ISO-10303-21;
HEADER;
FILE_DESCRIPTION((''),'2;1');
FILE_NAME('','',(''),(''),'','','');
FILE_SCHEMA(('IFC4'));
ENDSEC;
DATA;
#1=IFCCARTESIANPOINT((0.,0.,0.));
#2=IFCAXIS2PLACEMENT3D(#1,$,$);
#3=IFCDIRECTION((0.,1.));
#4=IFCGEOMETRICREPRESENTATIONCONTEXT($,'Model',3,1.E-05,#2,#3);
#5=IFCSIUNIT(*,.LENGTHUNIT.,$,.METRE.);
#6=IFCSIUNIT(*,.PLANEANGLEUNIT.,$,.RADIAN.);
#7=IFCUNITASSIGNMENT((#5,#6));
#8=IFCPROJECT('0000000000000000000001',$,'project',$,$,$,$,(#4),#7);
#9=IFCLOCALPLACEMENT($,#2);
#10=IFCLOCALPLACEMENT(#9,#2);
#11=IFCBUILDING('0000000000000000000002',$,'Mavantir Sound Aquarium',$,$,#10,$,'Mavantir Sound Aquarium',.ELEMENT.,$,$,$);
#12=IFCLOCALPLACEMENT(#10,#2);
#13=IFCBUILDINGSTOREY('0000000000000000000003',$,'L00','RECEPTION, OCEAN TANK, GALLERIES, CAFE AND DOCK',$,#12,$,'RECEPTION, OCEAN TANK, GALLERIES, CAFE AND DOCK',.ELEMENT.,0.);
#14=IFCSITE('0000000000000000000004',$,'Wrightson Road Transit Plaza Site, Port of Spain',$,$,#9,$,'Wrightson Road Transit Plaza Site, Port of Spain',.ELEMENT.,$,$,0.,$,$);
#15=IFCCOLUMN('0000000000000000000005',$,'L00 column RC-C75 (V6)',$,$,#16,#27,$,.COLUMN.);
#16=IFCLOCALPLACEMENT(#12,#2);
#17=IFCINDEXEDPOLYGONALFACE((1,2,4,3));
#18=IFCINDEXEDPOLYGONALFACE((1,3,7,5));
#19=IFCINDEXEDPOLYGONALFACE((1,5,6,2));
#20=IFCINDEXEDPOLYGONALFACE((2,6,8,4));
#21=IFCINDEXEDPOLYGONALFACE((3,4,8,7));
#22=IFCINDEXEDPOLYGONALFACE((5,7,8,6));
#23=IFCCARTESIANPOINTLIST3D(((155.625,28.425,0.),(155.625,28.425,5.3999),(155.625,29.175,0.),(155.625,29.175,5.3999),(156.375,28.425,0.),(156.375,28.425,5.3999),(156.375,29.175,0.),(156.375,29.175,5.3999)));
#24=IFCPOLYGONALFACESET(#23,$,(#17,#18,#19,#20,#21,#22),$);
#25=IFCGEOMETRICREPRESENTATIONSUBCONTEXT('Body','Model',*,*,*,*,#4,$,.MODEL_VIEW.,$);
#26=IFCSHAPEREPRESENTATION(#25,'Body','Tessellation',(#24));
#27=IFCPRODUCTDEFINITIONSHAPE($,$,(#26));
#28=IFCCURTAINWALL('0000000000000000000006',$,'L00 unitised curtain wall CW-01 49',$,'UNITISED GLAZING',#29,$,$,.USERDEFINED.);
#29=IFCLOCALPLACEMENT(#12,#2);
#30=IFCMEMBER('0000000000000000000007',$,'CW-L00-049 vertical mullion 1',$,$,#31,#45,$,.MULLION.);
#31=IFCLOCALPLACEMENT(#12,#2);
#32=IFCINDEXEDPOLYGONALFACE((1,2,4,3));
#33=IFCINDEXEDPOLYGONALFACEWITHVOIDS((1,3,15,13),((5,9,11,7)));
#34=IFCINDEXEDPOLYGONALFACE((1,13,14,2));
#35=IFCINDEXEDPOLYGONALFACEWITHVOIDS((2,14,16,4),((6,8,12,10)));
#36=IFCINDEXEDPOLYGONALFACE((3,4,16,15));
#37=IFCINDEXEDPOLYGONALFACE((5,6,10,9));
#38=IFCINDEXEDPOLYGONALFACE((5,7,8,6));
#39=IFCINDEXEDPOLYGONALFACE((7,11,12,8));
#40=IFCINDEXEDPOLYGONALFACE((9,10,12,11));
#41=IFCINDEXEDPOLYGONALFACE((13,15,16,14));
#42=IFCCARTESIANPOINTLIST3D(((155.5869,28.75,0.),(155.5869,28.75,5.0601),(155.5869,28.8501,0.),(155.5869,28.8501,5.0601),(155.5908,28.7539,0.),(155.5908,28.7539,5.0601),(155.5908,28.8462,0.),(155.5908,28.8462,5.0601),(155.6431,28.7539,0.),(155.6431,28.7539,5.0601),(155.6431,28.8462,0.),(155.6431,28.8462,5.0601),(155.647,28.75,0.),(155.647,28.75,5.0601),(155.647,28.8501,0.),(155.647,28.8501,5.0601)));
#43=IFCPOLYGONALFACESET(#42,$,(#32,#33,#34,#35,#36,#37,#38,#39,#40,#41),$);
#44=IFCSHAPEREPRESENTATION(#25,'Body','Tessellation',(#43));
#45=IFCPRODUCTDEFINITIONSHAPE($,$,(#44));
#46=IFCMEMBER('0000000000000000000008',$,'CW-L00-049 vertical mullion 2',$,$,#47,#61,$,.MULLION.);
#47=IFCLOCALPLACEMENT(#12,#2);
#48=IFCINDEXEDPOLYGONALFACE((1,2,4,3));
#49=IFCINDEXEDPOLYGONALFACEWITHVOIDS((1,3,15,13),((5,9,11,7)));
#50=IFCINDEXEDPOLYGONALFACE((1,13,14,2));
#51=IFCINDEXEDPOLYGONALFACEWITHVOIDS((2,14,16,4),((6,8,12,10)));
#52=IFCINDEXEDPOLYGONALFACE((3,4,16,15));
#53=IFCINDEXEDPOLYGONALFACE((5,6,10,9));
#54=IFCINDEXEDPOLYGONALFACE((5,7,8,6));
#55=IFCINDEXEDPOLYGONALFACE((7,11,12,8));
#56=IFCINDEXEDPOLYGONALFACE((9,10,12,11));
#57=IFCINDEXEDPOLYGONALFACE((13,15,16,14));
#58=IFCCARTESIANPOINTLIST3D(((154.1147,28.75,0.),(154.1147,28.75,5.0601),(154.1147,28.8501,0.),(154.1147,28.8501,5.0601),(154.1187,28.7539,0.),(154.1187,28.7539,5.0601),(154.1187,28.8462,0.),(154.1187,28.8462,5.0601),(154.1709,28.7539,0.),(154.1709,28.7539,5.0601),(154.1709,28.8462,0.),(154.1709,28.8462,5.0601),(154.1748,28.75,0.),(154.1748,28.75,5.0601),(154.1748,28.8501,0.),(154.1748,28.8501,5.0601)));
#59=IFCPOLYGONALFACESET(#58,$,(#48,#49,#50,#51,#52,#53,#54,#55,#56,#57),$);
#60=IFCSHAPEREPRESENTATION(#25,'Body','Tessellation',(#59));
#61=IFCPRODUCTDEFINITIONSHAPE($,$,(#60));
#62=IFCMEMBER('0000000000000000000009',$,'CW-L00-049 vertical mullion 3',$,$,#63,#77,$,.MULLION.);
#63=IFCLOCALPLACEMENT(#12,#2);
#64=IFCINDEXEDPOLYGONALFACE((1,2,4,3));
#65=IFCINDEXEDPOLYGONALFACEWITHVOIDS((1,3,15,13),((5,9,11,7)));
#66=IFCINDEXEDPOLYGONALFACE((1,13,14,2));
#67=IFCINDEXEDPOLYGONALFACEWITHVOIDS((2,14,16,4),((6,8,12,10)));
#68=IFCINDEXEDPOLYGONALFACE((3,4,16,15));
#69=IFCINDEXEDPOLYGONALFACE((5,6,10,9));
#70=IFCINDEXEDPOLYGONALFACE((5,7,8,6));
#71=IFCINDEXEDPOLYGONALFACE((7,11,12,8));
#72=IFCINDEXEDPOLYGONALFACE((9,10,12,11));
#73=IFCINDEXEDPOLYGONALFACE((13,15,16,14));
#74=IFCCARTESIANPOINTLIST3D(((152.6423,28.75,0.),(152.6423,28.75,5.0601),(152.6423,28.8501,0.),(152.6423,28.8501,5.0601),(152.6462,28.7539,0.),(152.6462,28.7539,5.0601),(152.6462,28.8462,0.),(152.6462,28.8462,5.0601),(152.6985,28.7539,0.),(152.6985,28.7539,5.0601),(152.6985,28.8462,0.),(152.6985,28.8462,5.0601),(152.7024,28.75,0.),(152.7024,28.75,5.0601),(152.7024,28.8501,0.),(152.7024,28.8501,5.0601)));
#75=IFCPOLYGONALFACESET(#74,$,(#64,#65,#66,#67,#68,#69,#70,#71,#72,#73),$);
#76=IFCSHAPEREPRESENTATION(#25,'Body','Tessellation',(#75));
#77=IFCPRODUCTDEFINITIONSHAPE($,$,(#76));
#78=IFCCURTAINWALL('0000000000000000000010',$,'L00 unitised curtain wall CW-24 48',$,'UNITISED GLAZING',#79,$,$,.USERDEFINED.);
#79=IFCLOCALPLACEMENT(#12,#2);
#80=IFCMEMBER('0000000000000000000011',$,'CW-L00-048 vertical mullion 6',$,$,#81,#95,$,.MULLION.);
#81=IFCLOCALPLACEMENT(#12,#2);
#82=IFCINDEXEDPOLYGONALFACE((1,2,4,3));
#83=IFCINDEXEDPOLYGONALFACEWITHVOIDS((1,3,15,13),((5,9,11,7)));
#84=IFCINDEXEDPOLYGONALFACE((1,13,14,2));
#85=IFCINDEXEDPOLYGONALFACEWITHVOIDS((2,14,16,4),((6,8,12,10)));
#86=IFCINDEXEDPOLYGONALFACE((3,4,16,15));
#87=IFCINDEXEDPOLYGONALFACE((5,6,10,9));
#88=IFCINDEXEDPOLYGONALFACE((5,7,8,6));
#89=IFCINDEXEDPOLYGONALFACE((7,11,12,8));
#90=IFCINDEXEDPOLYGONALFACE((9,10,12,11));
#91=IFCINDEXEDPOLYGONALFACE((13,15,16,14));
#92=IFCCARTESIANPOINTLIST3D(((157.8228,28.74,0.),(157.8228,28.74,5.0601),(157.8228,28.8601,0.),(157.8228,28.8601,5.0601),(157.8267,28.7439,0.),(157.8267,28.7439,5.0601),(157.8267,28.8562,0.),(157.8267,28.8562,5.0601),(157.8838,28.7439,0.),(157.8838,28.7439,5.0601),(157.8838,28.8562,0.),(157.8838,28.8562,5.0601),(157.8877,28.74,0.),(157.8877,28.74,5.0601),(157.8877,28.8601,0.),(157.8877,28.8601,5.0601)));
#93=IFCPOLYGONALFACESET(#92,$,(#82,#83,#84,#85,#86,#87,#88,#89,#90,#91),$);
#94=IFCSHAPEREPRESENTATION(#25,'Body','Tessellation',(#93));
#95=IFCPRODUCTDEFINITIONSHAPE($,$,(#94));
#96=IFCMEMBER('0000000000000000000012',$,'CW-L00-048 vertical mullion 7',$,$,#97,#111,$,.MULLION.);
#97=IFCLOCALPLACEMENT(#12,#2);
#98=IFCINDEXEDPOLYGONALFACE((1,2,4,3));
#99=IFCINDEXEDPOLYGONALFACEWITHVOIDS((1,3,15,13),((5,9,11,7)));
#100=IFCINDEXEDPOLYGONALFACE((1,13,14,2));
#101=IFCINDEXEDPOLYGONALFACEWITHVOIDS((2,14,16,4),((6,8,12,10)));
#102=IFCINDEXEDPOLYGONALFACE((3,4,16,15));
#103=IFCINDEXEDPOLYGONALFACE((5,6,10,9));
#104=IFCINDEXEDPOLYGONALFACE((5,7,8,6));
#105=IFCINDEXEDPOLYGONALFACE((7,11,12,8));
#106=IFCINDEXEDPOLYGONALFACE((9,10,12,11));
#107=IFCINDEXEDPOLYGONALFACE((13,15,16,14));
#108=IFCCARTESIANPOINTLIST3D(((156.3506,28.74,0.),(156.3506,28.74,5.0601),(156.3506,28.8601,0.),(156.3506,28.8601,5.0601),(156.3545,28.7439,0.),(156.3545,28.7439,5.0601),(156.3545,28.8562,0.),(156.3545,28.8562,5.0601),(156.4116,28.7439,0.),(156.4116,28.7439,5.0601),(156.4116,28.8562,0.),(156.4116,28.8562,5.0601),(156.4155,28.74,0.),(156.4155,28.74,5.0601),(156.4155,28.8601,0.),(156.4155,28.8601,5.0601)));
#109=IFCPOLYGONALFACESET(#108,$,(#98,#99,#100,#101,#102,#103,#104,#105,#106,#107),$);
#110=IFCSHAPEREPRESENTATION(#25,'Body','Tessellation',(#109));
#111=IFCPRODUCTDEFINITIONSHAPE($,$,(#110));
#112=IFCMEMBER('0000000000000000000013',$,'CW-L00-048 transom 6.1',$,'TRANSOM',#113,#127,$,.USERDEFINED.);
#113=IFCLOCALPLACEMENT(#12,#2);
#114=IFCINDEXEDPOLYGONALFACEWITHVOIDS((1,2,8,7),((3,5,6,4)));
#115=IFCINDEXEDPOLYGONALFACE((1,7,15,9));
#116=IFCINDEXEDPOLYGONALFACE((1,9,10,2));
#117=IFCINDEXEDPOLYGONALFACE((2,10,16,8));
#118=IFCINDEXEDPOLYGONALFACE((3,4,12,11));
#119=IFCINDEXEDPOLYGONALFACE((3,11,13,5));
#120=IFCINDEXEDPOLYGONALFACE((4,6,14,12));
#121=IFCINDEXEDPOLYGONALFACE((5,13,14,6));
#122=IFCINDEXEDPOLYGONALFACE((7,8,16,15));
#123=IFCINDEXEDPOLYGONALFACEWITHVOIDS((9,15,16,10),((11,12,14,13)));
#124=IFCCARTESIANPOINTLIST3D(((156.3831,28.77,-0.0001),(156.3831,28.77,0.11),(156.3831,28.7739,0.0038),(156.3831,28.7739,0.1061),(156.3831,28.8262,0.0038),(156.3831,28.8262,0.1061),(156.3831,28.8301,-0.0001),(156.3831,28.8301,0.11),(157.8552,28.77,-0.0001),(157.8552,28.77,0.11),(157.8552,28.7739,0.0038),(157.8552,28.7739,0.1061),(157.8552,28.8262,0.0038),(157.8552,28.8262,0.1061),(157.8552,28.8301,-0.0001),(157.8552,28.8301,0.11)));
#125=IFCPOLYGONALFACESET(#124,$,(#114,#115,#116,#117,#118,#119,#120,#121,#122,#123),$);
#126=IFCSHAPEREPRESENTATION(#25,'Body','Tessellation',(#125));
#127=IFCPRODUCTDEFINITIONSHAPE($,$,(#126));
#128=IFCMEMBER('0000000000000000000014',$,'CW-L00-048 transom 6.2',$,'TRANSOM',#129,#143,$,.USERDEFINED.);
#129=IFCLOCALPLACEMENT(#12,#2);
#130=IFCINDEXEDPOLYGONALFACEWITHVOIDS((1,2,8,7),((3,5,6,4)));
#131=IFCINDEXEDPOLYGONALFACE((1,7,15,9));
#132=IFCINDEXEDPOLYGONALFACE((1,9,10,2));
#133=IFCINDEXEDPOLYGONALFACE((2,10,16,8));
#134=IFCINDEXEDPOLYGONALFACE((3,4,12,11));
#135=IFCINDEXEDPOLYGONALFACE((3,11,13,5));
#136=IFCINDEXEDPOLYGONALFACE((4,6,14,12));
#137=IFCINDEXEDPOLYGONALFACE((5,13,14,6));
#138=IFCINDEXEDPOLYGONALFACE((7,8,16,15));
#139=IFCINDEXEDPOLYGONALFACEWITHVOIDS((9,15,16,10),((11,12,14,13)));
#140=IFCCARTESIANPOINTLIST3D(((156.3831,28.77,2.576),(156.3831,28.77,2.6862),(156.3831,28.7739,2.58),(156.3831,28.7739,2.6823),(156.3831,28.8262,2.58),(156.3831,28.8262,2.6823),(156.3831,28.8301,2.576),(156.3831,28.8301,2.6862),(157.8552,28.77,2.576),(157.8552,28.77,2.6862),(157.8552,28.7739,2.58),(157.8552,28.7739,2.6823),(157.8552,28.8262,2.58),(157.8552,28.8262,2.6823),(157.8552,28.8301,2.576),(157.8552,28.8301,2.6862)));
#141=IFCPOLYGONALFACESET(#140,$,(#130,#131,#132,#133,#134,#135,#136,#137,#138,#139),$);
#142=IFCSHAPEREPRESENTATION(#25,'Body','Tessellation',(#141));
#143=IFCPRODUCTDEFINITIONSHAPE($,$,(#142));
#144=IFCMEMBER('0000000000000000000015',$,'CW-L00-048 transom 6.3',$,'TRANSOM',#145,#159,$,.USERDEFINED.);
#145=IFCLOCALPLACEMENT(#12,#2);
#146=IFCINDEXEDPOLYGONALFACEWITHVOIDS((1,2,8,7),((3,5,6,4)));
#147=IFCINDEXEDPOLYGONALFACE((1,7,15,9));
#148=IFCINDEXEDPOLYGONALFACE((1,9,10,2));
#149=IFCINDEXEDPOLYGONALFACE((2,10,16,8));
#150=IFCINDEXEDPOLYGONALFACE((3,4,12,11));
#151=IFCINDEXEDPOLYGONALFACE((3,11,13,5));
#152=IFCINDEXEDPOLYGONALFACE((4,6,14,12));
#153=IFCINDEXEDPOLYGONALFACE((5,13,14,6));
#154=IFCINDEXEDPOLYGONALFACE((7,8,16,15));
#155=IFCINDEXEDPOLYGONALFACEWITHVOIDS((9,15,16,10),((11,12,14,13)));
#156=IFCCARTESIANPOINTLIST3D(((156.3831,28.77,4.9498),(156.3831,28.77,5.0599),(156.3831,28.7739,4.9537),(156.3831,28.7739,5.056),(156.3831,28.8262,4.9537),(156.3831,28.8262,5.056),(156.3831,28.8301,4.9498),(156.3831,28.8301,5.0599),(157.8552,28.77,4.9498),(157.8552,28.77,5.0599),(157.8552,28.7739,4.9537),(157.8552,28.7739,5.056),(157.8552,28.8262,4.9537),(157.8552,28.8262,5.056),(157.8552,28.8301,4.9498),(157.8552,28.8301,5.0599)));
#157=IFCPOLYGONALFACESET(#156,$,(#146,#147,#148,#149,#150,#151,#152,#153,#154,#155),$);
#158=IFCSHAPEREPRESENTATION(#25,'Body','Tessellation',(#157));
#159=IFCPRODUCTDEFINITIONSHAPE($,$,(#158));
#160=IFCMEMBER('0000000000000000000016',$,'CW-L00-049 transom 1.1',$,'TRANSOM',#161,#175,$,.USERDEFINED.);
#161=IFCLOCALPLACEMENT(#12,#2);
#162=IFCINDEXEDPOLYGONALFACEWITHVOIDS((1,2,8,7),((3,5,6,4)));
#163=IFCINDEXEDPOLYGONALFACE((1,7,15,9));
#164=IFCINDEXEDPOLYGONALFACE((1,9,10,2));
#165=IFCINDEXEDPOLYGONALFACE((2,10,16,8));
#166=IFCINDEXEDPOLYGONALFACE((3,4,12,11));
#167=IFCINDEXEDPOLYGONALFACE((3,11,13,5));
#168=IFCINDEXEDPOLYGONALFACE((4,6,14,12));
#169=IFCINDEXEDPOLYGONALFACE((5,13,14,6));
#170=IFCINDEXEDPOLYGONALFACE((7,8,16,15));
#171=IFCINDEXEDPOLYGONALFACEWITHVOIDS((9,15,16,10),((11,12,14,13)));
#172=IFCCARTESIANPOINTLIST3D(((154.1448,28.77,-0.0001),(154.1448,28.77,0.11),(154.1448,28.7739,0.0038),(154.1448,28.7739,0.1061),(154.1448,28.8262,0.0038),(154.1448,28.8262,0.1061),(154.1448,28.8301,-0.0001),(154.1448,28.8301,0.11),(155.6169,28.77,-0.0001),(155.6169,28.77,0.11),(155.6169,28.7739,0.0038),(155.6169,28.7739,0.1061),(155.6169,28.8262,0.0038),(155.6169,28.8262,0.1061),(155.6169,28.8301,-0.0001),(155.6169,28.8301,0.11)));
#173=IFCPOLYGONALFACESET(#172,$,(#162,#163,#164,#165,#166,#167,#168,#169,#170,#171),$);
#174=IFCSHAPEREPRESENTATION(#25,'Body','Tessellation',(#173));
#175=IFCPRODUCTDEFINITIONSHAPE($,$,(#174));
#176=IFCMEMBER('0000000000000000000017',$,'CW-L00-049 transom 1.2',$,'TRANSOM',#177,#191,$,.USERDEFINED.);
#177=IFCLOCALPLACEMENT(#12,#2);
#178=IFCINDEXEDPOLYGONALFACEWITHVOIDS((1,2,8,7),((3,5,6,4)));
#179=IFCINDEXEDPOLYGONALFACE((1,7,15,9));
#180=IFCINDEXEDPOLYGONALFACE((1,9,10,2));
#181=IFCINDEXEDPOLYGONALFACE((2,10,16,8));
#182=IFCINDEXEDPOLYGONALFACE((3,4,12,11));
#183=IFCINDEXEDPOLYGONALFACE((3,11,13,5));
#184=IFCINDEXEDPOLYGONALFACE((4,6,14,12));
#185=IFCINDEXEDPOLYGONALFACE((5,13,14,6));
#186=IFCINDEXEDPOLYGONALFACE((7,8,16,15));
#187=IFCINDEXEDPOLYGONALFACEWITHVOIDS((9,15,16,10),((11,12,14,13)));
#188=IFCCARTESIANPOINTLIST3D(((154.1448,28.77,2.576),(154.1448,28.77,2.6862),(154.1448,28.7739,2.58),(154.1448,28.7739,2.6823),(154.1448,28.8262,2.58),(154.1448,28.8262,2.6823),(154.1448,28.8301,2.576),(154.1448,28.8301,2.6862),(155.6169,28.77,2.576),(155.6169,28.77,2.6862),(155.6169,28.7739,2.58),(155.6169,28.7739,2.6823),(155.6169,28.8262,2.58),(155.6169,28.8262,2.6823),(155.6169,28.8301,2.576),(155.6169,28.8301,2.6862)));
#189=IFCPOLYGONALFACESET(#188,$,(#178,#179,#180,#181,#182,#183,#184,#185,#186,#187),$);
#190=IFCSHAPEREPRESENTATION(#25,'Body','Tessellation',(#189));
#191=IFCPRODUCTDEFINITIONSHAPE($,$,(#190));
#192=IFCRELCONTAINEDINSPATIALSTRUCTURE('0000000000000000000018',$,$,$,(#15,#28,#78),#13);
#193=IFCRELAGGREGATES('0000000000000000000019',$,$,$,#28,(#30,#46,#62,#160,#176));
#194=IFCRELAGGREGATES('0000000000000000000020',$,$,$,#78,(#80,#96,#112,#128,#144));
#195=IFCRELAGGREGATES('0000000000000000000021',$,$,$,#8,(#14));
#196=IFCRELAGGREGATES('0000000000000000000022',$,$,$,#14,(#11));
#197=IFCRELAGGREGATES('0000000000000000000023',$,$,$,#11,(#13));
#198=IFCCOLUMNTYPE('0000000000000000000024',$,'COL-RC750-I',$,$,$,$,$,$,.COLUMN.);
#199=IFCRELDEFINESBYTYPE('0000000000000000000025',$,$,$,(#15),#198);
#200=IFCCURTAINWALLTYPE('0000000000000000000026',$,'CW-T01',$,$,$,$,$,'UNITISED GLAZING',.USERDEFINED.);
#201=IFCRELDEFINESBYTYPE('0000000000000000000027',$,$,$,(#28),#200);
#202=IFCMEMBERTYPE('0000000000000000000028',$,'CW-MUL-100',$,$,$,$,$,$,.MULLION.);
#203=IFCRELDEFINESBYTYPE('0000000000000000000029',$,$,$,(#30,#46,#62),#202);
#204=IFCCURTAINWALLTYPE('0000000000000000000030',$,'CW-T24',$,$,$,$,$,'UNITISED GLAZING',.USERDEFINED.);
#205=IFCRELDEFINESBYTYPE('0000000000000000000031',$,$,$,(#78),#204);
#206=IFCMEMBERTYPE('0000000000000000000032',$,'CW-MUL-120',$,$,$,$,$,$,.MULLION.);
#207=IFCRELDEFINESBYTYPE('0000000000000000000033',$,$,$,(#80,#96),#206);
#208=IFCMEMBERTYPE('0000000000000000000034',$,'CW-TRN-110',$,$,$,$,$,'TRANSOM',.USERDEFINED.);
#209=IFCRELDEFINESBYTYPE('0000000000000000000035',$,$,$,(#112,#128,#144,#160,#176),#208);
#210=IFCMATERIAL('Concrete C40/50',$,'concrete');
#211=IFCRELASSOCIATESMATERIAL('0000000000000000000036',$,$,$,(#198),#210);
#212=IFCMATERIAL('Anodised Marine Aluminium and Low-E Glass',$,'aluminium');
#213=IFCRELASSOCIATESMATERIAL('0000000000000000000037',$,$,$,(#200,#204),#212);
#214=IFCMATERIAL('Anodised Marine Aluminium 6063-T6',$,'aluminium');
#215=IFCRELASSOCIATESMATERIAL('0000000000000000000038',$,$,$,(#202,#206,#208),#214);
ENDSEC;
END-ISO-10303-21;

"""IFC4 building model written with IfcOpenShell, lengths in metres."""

from ifc_helpers import new_model, si_unit, direction, frame, origin, origin_2d, place, context, subcontext, project, spatial, rectangle, hollow_rectangle, extrude, material, material_profile, profile_set, type_object, element, aggregate, save


model = new_model("IFC4")

# Units and contexts
model_context = context("Model", 3, precision=1e-05, world=origin(), true_north=direction((0.0, 1.0)))
body_context = subcontext(model_context, "Body", "Model", "MODEL_VIEW")
ifc_project = project(units=[si_unit("LENGTHUNIT", "METRE"), si_unit("PLANEANGLEUNIT", "RADIAN")], contexts=[model_context])

# Site, building, storey
site_placement = place(None, origin())
site = spatial("IfcSite", under=ifc_project, at=site_placement, Name="Wrightson Road Transit Plaza Site, Port of Spain", LongName="Wrightson Road Transit Plaza Site, Port of Spain", CompositionType="ELEMENT", RefElevation=0.0)
building_placement = place(site_placement, origin())
building = spatial("IfcBuilding", under=site, at=building_placement, Name="Mavantir Sound Aquarium", LongName="Mavantir Sound Aquarium", CompositionType="ELEMENT")
storey_placement = place(building_placement, origin())
storey = spatial("IfcBuildingStorey", under=building, at=storey_placement, Name="L00", Description="RECEPTION, OCEAN TANK, GALLERIES, CAFE AND DOCK", LongName="RECEPTION, OCEAN TANK, GALLERIES, CAFE AND DOCK", CompositionType="ELEMENT", Elevation=0.0)

# Column
ifc_material_1 = material(Name="Concrete C40/50", Category="concrete")
ifc_material_profile_1 = material_profile(ifc_material_1, rectangle(XDim=0.75, YDim=0.75, at=origin_2d()), Name="RC 750X750")
ifc_profile_set_1 = profile_set([ifc_material_profile_1], Name="Concrete C40/50")
column_type = type_object("IfcColumnType", Name="COL-RC750-I", PredefinedType="COLUMN", material=ifc_profile_set_1)
column_placement = place(storey_placement, frame((156.0, 28.8, 0.0), z_axis=(0.0, 0.0, 1.0), x_axis=(1.0, 0.0, 0.0)))
element("IfcColumn", 1, at=column_placement, inside=storey, type_object=column_type, Name="L00 column RC-C75 (V6)", PredefinedType="COLUMN", context=body_context, shape_type="SweptSolid", body=[
    extrude(rectangle(XDim=0.75, YDim=0.75, at=origin_2d()), origin(), (0.0, 0.0, 1.0), 5.3999),
])

# Curtain walls, members
ifc_material_2 = material(Name="Anodised Marine Aluminium and Low-E Glass", Category="aluminium")
curtain_wall_type_1 = type_object("IfcCurtainWallType", Name="CW-T01", ElementType="UNITISED GLAZING", PredefinedType="USERDEFINED", material=ifc_material_2)
curtain_wall_1_placement = place(storey_placement, origin())
curtain_wall_1 = element("IfcCurtainWall", 2, at=curtain_wall_1_placement, inside=storey, type_object=curtain_wall_type_1, Name="L00 unitised curtain wall CW-01 49", ObjectType="UNITISED GLAZING", PredefinedType="USERDEFINED")
ifc_material_3 = material(Name="Anodised Marine Aluminium 6063-T6", Category="aluminium")
ifc_material_profile_2 = material_profile(ifc_material_3, hollow_rectangle(XDim=0.0601, YDim=0.1001, WallThickness=0.0039, at=origin_2d()), Name="ALU-MULLION-100X60")
ifc_profile_set_2 = profile_set([ifc_material_profile_2], Name="Anodised Marine Aluminium 6063-T6")
member_type_1 = type_object("IfcMemberType", Name="CW-MUL-100", PredefinedType="MULLION", material=ifc_profile_set_2)
member_1_placement = place(storey_placement, frame((155.6169, 28.8, 0.0), z_axis=(0.0, 0.0, 1.0), x_axis=(1.0, 0.0, 0.0)))
member_1 = element("IfcMember", 3, at=member_1_placement, type_object=member_type_1, Name="CW-L00-049 vertical mullion 1", PredefinedType="MULLION", context=body_context, shape_type="SweptSolid", body=[
    extrude(hollow_rectangle(XDim=0.0601, YDim=0.1001, WallThickness=0.0039, at=origin_2d()), origin(), (0.0, 0.0, 1.0), 5.0601),
])
member_2_placement = place(storey_placement, frame((154.1448, 28.8, 0.0), z_axis=(0.0, 0.0, 1.0), x_axis=(1.0, 0.0, 0.0)))
member_2 = element("IfcMember", 4, at=member_2_placement, type_object=member_type_1, Name="CW-L00-049 vertical mullion 2", PredefinedType="MULLION", context=body_context, shape_type="SweptSolid", body=[
    extrude(hollow_rectangle(XDim=0.0601, YDim=0.1001, WallThickness=0.0039, at=origin_2d()), origin(), (0.0, 0.0, 1.0), 5.0601),
])
member_3_placement = place(storey_placement, frame((152.6724, 28.8, 0.0), z_axis=(0.0, 0.0, 1.0), x_axis=(1.0, 0.0, 0.0)))
member_3 = element("IfcMember", 5, at=member_3_placement, type_object=member_type_1, Name="CW-L00-049 vertical mullion 3", PredefinedType="MULLION", context=body_context, shape_type="SweptSolid", body=[
    extrude(hollow_rectangle(XDim=0.0601, YDim=0.1001, WallThickness=0.0039, at=origin_2d()), origin(), (0.0, 0.0, 1.0), 5.0601),
])
curtain_wall_type_2 = type_object("IfcCurtainWallType", Name="CW-T24", ElementType="UNITISED GLAZING", PredefinedType="USERDEFINED", material=ifc_material_2)
curtain_wall_2_placement = place(storey_placement, origin())
curtain_wall_2 = element("IfcCurtainWall", 6, at=curtain_wall_2_placement, inside=storey, type_object=curtain_wall_type_2, Name="L00 unitised curtain wall CW-24 48", ObjectType="UNITISED GLAZING", PredefinedType="USERDEFINED")
ifc_material_profile_3 = material_profile(ifc_material_3, hollow_rectangle(XDim=0.0649, YDim=0.1201, WallThickness=0.0039, at=origin_2d()), Name="ALU-MULLION-120X65")
ifc_profile_set_3 = profile_set([ifc_material_profile_3], Name="Anodised Marine Aluminium 6063-T6")
member_type_2 = type_object("IfcMemberType", Name="CW-MUL-120", PredefinedType="MULLION", material=ifc_profile_set_3)
member_4_placement = place(storey_placement, frame((157.8552, 28.8, 0.0), z_axis=(0.0, 0.0, 1.0), x_axis=(1.0, 0.0, 0.0)))
member_4 = element("IfcMember", 7, at=member_4_placement, type_object=member_type_2, Name="CW-L00-048 vertical mullion 6", PredefinedType="MULLION", context=body_context, shape_type="SweptSolid", body=[
    extrude(hollow_rectangle(XDim=0.0649, YDim=0.1201, WallThickness=0.0039, at=origin_2d()), origin(), (0.0, 0.0, 1.0), 5.0601),
])
member_5_placement = place(storey_placement, frame((156.3831, 28.8, 0.0), z_axis=(0.0, 0.0, 1.0), x_axis=(1.0, 0.0, 0.0)))
member_5 = element("IfcMember", 8, at=member_5_placement, type_object=member_type_2, Name="CW-L00-048 vertical mullion 7", PredefinedType="MULLION", context=body_context, shape_type="SweptSolid", body=[
    extrude(hollow_rectangle(XDim=0.0649, YDim=0.1201, WallThickness=0.0039, at=origin_2d()), origin(), (0.0, 0.0, 1.0), 5.0601),
])
ifc_material_profile_4 = material_profile(ifc_material_3, hollow_rectangle(XDim=0.0601, YDim=0.1101, WallThickness=0.0039, at=origin_2d()), Name="ALU-TRANSOM-110X60")
ifc_profile_set_4 = profile_set([ifc_material_profile_4], Name="Anodised Marine Aluminium 6063-T6")
member_type_3 = type_object("IfcMemberType", Name="CW-TRN-110", ElementType="TRANSOM", PredefinedType="USERDEFINED", material=ifc_profile_set_4)
member_6_placement = place(storey_placement, frame((157.8552, 28.8, 0.0549), z_axis=(-1.0, 0.0, 0.0), x_axis=(0.0, -1.0, 0.0)))
member_6 = element("IfcMember", 9, at=member_6_placement, type_object=member_type_3, Name="CW-L00-048 transom 6.1", ObjectType="TRANSOM", PredefinedType="USERDEFINED", context=body_context, shape_type="SweptSolid", body=[
    extrude(hollow_rectangle(XDim=0.0601, YDim=0.1101, WallThickness=0.0039, at=origin_2d()), origin(), (0.0, 0.0, 1.0), 1.4722),
])
member_7_placement = place(storey_placement, frame((157.8552, 28.8, 2.6311), z_axis=(-1.0, 0.0, 0.0), x_axis=(0.0, -1.0, 0.0)))
member_7 = element("IfcMember", 10, at=member_7_placement, type_object=member_type_3, Name="CW-L00-048 transom 6.2", ObjectType="TRANSOM", PredefinedType="USERDEFINED", context=body_context, shape_type="SweptSolid", body=[
    extrude(hollow_rectangle(XDim=0.0601, YDim=0.1101, WallThickness=0.0039, at=origin_2d()), origin(), (0.0, 0.0, 1.0), 1.4722),
])
member_8_placement = place(storey_placement, frame((157.8552, 28.8, 5.0049), z_axis=(-1.0, 0.0, 0.0), x_axis=(0.0, -1.0, 0.0)))
member_8 = element("IfcMember", 11, at=member_8_placement, type_object=member_type_3, Name="CW-L00-048 transom 6.3", ObjectType="TRANSOM", PredefinedType="USERDEFINED", context=body_context, shape_type="SweptSolid", body=[
    extrude(hollow_rectangle(XDim=0.0601, YDim=0.1101, WallThickness=0.0039, at=origin_2d()), origin(), (0.0, 0.0, 1.0), 1.4722),
])

# Members
member_9_placement = place(storey_placement, frame((155.6169, 28.8, 0.0549), z_axis=(-1.0, 0.0, 0.0), x_axis=(0.0, -1.0, 0.0)))
member_9 = element("IfcMember", 12, at=member_9_placement, type_object=member_type_3, Name="CW-L00-049 transom 1.1", ObjectType="TRANSOM", PredefinedType="USERDEFINED", context=body_context, shape_type="SweptSolid", body=[
    extrude(hollow_rectangle(XDim=0.0601, YDim=0.1101, WallThickness=0.0039, at=origin_2d()), origin(), (0.0, 0.0, 1.0), 1.4722),
])
member_10_placement = place(storey_placement, frame((155.6169, 28.8, 2.6311), z_axis=(-1.0, 0.0, 0.0), x_axis=(0.0, -1.0, 0.0)))
member_10 = element("IfcMember", 13, at=member_10_placement, type_object=member_type_3, Name="CW-L00-049 transom 1.2", ObjectType="TRANSOM", PredefinedType="USERDEFINED", context=body_context, shape_type="SweptSolid", body=[
    extrude(hollow_rectangle(XDim=0.0601, YDim=0.1101, WallThickness=0.0039, at=origin_2d()), origin(), (0.0, 0.0, 1.0), 1.4722),
])

aggregate(curtain_wall_1, [member_1, member_2, member_3, member_9, member_10])
aggregate(curtain_wall_2, [member_4, member_5, member_6, member_7, member_8])

save(model, "model.ifc")
